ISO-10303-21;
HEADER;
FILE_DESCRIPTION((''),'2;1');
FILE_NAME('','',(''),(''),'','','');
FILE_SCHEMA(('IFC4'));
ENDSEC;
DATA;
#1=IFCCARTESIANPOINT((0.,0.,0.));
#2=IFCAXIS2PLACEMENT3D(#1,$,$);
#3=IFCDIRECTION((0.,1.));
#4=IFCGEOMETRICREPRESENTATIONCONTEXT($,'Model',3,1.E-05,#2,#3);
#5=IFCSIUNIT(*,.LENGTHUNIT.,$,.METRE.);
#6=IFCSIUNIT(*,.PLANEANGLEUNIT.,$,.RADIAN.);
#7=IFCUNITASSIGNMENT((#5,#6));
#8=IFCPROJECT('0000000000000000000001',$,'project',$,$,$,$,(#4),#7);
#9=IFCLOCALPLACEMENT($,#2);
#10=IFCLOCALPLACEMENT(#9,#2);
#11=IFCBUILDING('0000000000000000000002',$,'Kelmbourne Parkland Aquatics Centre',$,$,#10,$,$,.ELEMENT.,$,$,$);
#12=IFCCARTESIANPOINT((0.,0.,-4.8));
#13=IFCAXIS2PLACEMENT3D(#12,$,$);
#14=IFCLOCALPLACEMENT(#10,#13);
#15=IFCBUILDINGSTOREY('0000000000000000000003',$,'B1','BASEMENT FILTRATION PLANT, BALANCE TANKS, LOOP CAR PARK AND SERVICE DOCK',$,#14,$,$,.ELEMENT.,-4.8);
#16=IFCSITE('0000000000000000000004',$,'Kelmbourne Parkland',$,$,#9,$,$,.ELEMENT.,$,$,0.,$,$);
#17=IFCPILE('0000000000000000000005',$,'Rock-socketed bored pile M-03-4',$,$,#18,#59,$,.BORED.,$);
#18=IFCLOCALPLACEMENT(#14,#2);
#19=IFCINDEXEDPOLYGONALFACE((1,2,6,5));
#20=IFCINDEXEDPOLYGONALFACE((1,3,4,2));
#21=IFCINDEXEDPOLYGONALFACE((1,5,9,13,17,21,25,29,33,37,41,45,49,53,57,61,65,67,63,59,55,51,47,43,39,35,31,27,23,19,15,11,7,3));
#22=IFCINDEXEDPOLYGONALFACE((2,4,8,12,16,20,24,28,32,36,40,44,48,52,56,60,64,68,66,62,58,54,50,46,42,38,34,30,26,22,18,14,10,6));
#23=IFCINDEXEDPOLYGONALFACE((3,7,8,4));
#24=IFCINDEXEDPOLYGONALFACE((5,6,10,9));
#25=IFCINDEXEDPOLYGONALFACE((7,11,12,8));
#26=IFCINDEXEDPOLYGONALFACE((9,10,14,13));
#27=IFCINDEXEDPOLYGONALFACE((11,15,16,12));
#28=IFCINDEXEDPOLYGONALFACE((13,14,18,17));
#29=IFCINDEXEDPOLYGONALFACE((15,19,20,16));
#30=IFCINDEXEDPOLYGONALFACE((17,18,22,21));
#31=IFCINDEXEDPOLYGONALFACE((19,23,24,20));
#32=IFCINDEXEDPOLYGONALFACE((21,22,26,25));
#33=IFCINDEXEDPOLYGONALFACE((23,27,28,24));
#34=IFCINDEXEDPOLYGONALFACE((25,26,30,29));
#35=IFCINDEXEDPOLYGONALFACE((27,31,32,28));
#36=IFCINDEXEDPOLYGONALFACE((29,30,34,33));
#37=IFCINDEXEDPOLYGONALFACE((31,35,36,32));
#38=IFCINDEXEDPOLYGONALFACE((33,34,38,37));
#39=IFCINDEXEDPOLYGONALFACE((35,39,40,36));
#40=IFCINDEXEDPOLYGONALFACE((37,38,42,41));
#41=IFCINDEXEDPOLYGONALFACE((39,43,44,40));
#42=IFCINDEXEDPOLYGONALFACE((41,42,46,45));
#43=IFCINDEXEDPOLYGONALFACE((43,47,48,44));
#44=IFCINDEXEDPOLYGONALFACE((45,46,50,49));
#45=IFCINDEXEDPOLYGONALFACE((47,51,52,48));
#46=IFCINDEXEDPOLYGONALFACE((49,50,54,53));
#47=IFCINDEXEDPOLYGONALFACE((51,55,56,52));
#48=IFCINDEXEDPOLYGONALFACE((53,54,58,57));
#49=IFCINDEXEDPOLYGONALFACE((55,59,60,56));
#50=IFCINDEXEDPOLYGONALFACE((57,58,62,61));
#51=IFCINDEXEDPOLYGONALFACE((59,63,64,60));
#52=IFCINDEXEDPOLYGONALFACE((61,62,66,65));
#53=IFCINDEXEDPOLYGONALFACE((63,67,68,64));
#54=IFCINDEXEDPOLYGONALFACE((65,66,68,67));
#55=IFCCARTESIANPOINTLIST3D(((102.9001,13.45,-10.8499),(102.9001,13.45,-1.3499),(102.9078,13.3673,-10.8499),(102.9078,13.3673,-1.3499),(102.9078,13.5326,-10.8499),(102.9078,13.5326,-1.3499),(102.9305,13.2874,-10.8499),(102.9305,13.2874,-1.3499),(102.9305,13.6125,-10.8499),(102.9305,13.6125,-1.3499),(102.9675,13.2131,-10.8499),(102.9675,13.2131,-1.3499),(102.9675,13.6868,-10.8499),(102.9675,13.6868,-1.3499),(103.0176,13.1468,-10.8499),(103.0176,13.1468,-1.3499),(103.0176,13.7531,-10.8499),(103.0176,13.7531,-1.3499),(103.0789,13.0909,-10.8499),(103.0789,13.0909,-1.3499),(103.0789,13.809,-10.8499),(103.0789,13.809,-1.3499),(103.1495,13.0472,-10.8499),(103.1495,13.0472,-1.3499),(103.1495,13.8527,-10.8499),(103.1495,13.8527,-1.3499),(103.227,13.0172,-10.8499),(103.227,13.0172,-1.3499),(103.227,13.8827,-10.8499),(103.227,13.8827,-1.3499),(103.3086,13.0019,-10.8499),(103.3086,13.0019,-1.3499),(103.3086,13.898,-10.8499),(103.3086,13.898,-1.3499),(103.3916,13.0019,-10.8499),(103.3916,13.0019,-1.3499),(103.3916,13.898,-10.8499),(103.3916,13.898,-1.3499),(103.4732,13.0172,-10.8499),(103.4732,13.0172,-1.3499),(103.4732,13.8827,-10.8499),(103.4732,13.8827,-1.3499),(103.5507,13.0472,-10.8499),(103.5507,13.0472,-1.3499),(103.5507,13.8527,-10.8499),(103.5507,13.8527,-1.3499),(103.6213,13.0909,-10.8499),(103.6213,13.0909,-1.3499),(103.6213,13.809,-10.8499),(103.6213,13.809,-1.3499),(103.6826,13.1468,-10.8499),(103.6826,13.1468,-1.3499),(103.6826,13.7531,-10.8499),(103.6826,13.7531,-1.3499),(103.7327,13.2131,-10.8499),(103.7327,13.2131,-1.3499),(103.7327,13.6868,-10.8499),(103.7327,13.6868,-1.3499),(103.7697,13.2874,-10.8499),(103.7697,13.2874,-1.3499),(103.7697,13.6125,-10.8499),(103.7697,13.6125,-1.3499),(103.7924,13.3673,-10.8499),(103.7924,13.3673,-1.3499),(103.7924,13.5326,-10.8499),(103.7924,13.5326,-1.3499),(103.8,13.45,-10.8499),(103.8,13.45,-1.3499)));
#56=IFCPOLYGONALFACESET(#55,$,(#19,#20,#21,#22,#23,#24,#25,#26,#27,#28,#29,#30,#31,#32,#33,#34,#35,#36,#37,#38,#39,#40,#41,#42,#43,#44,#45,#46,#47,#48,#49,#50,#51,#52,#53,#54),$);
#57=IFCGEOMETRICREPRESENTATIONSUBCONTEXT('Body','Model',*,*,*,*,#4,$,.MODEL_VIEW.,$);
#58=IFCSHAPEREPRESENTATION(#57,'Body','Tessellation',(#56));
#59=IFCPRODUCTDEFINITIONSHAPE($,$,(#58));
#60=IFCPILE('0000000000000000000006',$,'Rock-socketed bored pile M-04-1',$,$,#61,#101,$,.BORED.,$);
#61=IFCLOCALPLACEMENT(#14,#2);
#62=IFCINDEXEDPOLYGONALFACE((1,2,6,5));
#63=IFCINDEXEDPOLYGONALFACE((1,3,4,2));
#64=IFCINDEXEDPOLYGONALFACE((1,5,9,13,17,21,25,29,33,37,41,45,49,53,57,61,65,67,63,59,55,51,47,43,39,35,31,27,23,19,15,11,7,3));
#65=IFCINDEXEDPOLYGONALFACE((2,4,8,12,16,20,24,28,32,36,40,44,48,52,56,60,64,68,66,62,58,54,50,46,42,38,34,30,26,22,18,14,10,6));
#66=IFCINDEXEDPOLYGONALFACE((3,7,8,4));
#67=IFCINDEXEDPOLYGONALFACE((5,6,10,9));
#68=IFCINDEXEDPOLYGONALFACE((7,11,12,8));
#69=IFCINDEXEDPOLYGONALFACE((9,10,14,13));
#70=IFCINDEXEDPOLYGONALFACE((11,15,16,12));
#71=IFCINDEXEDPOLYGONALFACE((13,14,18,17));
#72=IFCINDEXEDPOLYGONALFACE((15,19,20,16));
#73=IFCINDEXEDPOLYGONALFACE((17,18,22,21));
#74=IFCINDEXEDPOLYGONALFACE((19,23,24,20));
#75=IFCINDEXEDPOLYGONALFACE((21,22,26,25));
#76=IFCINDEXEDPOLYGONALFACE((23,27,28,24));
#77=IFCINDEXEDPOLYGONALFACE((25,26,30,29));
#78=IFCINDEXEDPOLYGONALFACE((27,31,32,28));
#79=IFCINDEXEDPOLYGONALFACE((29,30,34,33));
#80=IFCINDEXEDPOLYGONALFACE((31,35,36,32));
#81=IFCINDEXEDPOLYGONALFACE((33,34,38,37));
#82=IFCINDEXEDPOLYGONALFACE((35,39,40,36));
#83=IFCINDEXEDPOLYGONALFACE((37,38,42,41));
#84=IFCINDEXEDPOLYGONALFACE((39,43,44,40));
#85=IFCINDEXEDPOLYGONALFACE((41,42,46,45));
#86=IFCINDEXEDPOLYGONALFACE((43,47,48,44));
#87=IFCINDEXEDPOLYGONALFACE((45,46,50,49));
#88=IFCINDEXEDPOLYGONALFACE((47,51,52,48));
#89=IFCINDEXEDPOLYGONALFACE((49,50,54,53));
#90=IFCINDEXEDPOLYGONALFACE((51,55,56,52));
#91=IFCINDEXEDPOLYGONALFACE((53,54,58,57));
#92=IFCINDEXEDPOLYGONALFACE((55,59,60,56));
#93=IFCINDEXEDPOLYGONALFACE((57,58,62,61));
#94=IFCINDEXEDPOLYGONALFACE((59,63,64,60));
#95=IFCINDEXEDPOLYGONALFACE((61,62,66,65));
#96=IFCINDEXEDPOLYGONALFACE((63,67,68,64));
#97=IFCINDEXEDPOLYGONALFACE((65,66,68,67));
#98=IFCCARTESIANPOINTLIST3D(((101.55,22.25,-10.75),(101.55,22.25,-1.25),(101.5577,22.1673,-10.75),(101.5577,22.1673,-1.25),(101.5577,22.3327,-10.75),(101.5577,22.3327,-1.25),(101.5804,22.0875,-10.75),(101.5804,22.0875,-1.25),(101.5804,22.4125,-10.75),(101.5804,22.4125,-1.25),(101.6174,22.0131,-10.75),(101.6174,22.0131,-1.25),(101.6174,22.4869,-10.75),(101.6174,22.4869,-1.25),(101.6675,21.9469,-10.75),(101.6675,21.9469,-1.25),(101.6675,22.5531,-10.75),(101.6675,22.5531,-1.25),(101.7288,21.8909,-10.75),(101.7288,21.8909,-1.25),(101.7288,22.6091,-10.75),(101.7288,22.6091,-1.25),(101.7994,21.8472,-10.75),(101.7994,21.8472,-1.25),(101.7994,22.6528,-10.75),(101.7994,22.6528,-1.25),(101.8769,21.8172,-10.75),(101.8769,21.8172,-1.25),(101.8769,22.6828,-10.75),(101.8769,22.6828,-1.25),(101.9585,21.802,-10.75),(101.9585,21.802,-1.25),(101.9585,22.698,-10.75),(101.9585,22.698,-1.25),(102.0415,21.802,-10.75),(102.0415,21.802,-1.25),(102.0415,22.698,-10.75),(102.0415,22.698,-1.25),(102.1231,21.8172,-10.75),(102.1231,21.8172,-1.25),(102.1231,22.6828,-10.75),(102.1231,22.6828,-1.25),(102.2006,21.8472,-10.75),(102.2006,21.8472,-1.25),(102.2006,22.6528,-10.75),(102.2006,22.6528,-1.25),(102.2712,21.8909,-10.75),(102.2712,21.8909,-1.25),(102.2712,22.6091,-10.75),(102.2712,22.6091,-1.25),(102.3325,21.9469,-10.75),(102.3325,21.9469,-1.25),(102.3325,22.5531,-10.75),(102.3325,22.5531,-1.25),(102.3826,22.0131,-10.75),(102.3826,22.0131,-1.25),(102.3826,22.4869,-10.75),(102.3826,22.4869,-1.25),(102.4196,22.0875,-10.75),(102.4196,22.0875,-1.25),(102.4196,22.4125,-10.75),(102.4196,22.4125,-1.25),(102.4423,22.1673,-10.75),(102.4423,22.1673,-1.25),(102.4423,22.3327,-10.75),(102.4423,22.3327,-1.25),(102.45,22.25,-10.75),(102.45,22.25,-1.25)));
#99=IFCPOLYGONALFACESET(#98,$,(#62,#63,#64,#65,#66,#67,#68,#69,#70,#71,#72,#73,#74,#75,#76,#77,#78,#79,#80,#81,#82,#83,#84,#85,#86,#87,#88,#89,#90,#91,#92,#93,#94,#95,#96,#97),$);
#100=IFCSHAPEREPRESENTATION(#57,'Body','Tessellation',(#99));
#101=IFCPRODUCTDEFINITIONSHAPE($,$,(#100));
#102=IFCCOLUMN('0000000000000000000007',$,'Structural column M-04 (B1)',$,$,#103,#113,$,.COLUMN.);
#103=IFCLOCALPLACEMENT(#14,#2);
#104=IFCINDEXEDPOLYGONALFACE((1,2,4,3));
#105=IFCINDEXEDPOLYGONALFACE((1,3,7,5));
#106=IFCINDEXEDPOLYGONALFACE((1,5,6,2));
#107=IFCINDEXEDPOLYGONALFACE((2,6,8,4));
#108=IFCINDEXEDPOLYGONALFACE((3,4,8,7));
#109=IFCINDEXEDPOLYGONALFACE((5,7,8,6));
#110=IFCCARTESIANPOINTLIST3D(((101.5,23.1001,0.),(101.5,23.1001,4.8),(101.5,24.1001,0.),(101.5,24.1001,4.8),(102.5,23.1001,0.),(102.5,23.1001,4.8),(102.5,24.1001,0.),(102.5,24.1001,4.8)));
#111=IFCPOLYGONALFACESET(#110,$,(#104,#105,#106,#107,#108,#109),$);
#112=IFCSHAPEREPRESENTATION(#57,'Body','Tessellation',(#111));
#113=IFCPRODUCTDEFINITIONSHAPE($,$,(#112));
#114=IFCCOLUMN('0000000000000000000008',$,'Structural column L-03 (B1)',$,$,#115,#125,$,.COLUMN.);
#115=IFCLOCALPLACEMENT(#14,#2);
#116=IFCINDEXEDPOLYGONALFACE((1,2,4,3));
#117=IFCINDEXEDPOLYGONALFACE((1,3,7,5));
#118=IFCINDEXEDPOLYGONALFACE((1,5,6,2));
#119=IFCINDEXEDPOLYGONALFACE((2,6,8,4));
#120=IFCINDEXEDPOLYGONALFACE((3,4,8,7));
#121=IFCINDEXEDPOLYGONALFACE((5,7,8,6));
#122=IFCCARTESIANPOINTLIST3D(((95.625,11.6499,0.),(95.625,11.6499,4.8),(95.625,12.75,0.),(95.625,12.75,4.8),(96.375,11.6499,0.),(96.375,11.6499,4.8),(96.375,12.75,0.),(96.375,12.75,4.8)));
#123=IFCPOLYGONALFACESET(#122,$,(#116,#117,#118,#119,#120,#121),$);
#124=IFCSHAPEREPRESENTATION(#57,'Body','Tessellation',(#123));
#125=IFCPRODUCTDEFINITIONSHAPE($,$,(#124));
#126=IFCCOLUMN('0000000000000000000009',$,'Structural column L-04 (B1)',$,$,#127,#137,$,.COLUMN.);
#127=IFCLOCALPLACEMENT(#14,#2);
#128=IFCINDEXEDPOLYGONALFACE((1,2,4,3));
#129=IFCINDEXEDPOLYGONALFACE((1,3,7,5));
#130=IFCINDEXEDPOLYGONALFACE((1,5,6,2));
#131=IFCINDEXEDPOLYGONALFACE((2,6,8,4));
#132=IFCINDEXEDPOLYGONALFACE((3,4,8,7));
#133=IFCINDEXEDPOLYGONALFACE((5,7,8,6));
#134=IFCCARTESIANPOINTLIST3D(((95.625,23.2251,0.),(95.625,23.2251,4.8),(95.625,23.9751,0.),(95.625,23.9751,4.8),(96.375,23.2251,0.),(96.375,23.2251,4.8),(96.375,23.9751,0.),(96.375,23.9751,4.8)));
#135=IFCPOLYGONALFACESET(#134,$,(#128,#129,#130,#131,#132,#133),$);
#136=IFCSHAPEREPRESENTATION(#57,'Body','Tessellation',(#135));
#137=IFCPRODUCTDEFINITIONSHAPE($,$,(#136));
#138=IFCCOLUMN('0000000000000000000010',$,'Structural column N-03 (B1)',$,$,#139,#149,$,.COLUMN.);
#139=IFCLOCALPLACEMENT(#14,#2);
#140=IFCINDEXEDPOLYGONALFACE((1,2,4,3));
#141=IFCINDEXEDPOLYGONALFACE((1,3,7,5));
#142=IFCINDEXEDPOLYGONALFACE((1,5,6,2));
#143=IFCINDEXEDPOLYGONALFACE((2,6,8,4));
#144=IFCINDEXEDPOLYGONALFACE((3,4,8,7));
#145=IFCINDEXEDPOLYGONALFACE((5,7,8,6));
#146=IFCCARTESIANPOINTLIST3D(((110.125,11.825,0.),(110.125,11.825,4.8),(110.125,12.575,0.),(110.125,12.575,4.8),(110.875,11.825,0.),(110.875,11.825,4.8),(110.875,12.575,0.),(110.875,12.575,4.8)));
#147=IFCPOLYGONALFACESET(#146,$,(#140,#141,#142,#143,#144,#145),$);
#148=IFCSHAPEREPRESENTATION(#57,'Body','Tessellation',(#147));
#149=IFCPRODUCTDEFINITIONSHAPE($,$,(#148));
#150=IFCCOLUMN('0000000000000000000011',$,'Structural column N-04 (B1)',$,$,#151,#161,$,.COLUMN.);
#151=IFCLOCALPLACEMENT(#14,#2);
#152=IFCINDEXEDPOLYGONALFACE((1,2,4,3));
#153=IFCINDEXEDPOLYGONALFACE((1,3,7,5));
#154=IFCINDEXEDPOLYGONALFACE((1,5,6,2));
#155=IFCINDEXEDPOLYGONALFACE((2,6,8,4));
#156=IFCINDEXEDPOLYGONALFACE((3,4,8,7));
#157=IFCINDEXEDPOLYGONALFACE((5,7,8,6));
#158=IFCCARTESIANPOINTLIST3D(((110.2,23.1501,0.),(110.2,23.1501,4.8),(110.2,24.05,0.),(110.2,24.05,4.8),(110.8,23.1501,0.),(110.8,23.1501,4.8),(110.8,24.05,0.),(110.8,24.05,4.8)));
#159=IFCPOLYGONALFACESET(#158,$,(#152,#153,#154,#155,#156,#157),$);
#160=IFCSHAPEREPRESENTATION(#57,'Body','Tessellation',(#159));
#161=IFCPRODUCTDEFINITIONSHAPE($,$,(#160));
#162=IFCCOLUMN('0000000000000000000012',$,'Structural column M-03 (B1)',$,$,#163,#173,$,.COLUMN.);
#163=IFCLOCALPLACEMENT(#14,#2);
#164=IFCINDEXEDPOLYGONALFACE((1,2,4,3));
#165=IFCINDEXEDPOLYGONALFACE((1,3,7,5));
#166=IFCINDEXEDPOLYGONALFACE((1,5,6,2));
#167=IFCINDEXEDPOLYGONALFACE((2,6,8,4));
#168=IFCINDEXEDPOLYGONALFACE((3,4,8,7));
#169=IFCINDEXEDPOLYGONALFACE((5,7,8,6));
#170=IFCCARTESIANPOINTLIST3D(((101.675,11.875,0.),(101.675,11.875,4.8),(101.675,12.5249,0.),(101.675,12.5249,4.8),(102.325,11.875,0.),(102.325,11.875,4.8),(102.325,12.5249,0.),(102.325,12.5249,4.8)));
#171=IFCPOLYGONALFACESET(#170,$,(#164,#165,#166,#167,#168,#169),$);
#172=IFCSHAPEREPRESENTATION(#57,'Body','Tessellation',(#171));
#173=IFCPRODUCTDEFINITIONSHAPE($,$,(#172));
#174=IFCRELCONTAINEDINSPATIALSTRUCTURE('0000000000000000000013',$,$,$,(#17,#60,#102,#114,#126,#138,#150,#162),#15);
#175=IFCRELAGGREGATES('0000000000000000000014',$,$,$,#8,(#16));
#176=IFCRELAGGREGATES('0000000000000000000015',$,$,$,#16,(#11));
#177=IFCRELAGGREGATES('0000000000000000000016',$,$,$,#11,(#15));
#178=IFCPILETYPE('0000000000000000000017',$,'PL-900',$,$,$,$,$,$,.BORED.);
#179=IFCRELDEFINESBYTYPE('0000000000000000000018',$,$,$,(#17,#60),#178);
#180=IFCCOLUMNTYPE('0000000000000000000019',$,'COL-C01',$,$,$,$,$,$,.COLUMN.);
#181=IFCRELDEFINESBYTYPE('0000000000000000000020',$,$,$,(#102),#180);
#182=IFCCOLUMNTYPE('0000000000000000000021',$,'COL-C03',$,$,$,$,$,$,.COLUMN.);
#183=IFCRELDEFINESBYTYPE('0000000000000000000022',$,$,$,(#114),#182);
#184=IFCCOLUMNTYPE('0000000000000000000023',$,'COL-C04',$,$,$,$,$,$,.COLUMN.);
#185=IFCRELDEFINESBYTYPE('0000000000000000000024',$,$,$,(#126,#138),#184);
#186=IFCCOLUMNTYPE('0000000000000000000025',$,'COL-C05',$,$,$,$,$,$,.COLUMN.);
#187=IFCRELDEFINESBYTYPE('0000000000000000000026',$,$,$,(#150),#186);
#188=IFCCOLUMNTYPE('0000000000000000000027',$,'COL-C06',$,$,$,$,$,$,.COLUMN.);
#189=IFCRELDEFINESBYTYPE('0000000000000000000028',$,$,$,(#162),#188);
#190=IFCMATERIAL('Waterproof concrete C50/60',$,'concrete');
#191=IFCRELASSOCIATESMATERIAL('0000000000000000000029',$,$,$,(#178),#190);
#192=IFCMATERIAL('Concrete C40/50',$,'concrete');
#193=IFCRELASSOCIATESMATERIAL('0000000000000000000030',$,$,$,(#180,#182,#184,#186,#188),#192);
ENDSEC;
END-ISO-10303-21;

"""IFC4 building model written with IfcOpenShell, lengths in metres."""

from ifc_helpers import new_model, si_unit, direction, frame, origin, origin_2d, place, context, subcontext, project, spatial, rectangle, circle, extrude, material, material_profile, profile_set, type_object, element, save


model = new_model("IFC4")

# Units and contexts
model_context = context("Model", 3, precision=1e-05, world=origin(), true_north=direction((0.0, 1.0)))
body_context = subcontext(model_context, "Body", "Model", "MODEL_VIEW")
ifc_project = project(units=[si_unit("LENGTHUNIT", "METRE"), si_unit("PLANEANGLEUNIT", "RADIAN")], contexts=[model_context])

# Site, building, storey
site_placement = place(None, origin())
site = spatial("IfcSite", under=ifc_project, at=site_placement, Name="Kelmbourne Parkland", CompositionType="ELEMENT", RefElevation=0.0)
building_placement = place(site_placement, origin())
building = spatial("IfcBuilding", under=site, at=building_placement, Name="Kelmbourne Parkland Aquatics Centre", CompositionType="ELEMENT")
storey_placement = place(building_placement, frame((0.0, 0.0, -4.8)))
storey = spatial("IfcBuildingStorey", under=building, at=storey_placement, Name="B1", Description="BASEMENT FILTRATION PLANT, BALANCE TANKS, LOOP CAR PARK AND SERVICE DOCK", CompositionType="ELEMENT", Elevation=-4.8)

# Shared definitions
ifc_material_1 = material(Name="Waterproof concrete C50/60", Category="concrete")

# Piles
ifc_material_profile_1 = material_profile(ifc_material_1, circle(Radius=0.45, at=origin_2d()), Name="PILE D900")
ifc_profile_set_1 = profile_set([ifc_material_profile_1], Name="Waterproof concrete C50/60")
pile_type_1 = type_object("IfcPileType", Name="PL-900", PredefinedType="BORED", material=ifc_profile_set_1)
for number, where, z_axis, x_axis, name in (
    (1, (103.3501, 13.45, -1.3499), (0.0, 0.0, -1.0), (1.0, 0.0, 0.0), "Rock-socketed bored pile M-03-4"),
    (2, (102.0, 22.25, -1.25), (0.0, 0.0, -1.0), (1.0, 0.0, 0.0), "Rock-socketed bored pile M-04-1"),
):
    element("IfcPile", number, at=place(storey_placement, frame(where, z_axis=z_axis, x_axis=x_axis)), inside=storey, type_object=pile_type_1, Name=name, PredefinedType="BORED", context=body_context, shape_type="SweptSolid", body=[
        extrude(circle(Radius=0.45, at=origin_2d()), origin(), (0.0, 0.0, 1.0), 9.5),
    ])

# Columns
ifc_material_2 = material(Name="Concrete C40/50", Category="concrete")
ifc_material_profile_2 = material_profile(ifc_material_2, rectangle(XDim=1.0, YDim=1.0, at=origin_2d()), Name="RC 1000x1000")
ifc_profile_set_2 = profile_set([ifc_material_profile_2], Name="Concrete C40/50")
column_type_1 = type_object("IfcColumnType", Name="COL-C01", PredefinedType="COLUMN", material=ifc_profile_set_2)
column_1_placement = place(storey_placement, frame((102.0, 23.6001, 0.0), z_axis=(0.0, 0.0, 1.0), x_axis=(1.0, 0.0, 0.0)))
element("IfcColumn", 3, at=column_1_placement, inside=storey, type_object=column_type_1, Name="Structural column M-04 (B1)", PredefinedType="COLUMN", context=body_context, shape_type="SweptSolid", body=[
    extrude(rectangle(XDim=1.0, YDim=1.0, at=origin_2d()), origin(), (0.0, 0.0, 1.0), 4.8),
])
ifc_material_profile_3 = material_profile(ifc_material_2, rectangle(XDim=0.75, YDim=1.1001, at=origin_2d()), Name="RC 750x1100")
ifc_profile_set_3 = profile_set([ifc_material_profile_3], Name="Concrete C40/50")
column_type_2 = type_object("IfcColumnType", Name="COL-C03", PredefinedType="COLUMN", material=ifc_profile_set_3)
column_2_placement = place(storey_placement, frame((96.0, 12.2, 0.0), z_axis=(0.0, 0.0, 1.0), x_axis=(1.0, 0.0, 0.0)))
element("IfcColumn", 4, at=column_2_placement, inside=storey, type_object=column_type_2, Name="Structural column L-03 (B1)", PredefinedType="COLUMN", context=body_context, shape_type="SweptSolid", body=[
    extrude(rectangle(XDim=0.75, YDim=1.1001, at=origin_2d()), origin(), (0.0, 0.0, 1.0), 4.8),
])
ifc_material_profile_4 = material_profile(ifc_material_2, rectangle(XDim=0.75, YDim=0.75, at=origin_2d()), Name="RC 750x750")
ifc_profile_set_4 = profile_set([ifc_material_profile_4], Name="Concrete C40/50")
column_type_3 = type_object("IfcColumnType", Name="COL-C04", PredefinedType="COLUMN", material=ifc_profile_set_4)
for number, where, z_axis, x_axis, name in (
    (5, (96.0, 23.6001, 0.0), (0.0, 0.0, 1.0), (1.0, 0.0, 0.0), "Structural column L-04 (B1)"),
    (6, (110.5, 12.2, 0.0), (0.0, 0.0, 1.0), (1.0, 0.0, 0.0), "Structural column N-03 (B1)"),
):
    element("IfcColumn", number, at=place(storey_placement, frame(where, z_axis=z_axis, x_axis=x_axis)), inside=storey, type_object=column_type_3, Name=name, PredefinedType="COLUMN", context=body_context, shape_type="SweptSolid", body=[
        extrude(rectangle(XDim=0.75, YDim=0.75, at=origin_2d()), origin(), (0.0, 0.0, 1.0), 4.8),
    ])
ifc_material_profile_5 = material_profile(ifc_material_2, rectangle(XDim=0.6001, YDim=0.8999, at=origin_2d()), Name="RC 600x900")
ifc_profile_set_5 = profile_set([ifc_material_profile_5], Name="Concrete C40/50")
column_type_4 = type_object("IfcColumnType", Name="COL-C05", PredefinedType="COLUMN", material=ifc_profile_set_5)
column_3_placement = place(storey_placement, frame((110.5, 23.6001, 0.0), z_axis=(0.0, 0.0, 1.0), x_axis=(1.0, 0.0, 0.0)))
element("IfcColumn", 7, at=column_3_placement, inside=storey, type_object=column_type_4, Name="Structural column N-04 (B1)", PredefinedType="COLUMN", context=body_context, shape_type="SweptSolid", body=[
    extrude(rectangle(XDim=0.6001, YDim=0.8999, at=origin_2d()), origin(), (0.0, 0.0, 1.0), 4.8),
])
ifc_material_profile_6 = material_profile(ifc_material_2, rectangle(XDim=0.6499, YDim=0.6499, at=origin_2d()), Name="RC 650x650")
ifc_profile_set_6 = profile_set([ifc_material_profile_6], Name="Concrete C40/50")
column_type_5 = type_object("IfcColumnType", Name="COL-C06", PredefinedType="COLUMN", material=ifc_profile_set_6)
column_4_placement = place(storey_placement, frame((102.0, 12.2, 0.0), z_axis=(0.0, 0.0, 1.0), x_axis=(1.0, 0.0, 0.0)))
element("IfcColumn", 8, at=column_4_placement, inside=storey, type_object=column_type_5, Name="Structural column M-03 (B1)", PredefinedType="COLUMN", context=body_context, shape_type="SweptSolid", body=[
    extrude(rectangle(XDim=0.6499, YDim=0.6499, at=origin_2d()), origin(), (0.0, 0.0, 1.0), 4.8),
])

save(model, "model.ifc")
